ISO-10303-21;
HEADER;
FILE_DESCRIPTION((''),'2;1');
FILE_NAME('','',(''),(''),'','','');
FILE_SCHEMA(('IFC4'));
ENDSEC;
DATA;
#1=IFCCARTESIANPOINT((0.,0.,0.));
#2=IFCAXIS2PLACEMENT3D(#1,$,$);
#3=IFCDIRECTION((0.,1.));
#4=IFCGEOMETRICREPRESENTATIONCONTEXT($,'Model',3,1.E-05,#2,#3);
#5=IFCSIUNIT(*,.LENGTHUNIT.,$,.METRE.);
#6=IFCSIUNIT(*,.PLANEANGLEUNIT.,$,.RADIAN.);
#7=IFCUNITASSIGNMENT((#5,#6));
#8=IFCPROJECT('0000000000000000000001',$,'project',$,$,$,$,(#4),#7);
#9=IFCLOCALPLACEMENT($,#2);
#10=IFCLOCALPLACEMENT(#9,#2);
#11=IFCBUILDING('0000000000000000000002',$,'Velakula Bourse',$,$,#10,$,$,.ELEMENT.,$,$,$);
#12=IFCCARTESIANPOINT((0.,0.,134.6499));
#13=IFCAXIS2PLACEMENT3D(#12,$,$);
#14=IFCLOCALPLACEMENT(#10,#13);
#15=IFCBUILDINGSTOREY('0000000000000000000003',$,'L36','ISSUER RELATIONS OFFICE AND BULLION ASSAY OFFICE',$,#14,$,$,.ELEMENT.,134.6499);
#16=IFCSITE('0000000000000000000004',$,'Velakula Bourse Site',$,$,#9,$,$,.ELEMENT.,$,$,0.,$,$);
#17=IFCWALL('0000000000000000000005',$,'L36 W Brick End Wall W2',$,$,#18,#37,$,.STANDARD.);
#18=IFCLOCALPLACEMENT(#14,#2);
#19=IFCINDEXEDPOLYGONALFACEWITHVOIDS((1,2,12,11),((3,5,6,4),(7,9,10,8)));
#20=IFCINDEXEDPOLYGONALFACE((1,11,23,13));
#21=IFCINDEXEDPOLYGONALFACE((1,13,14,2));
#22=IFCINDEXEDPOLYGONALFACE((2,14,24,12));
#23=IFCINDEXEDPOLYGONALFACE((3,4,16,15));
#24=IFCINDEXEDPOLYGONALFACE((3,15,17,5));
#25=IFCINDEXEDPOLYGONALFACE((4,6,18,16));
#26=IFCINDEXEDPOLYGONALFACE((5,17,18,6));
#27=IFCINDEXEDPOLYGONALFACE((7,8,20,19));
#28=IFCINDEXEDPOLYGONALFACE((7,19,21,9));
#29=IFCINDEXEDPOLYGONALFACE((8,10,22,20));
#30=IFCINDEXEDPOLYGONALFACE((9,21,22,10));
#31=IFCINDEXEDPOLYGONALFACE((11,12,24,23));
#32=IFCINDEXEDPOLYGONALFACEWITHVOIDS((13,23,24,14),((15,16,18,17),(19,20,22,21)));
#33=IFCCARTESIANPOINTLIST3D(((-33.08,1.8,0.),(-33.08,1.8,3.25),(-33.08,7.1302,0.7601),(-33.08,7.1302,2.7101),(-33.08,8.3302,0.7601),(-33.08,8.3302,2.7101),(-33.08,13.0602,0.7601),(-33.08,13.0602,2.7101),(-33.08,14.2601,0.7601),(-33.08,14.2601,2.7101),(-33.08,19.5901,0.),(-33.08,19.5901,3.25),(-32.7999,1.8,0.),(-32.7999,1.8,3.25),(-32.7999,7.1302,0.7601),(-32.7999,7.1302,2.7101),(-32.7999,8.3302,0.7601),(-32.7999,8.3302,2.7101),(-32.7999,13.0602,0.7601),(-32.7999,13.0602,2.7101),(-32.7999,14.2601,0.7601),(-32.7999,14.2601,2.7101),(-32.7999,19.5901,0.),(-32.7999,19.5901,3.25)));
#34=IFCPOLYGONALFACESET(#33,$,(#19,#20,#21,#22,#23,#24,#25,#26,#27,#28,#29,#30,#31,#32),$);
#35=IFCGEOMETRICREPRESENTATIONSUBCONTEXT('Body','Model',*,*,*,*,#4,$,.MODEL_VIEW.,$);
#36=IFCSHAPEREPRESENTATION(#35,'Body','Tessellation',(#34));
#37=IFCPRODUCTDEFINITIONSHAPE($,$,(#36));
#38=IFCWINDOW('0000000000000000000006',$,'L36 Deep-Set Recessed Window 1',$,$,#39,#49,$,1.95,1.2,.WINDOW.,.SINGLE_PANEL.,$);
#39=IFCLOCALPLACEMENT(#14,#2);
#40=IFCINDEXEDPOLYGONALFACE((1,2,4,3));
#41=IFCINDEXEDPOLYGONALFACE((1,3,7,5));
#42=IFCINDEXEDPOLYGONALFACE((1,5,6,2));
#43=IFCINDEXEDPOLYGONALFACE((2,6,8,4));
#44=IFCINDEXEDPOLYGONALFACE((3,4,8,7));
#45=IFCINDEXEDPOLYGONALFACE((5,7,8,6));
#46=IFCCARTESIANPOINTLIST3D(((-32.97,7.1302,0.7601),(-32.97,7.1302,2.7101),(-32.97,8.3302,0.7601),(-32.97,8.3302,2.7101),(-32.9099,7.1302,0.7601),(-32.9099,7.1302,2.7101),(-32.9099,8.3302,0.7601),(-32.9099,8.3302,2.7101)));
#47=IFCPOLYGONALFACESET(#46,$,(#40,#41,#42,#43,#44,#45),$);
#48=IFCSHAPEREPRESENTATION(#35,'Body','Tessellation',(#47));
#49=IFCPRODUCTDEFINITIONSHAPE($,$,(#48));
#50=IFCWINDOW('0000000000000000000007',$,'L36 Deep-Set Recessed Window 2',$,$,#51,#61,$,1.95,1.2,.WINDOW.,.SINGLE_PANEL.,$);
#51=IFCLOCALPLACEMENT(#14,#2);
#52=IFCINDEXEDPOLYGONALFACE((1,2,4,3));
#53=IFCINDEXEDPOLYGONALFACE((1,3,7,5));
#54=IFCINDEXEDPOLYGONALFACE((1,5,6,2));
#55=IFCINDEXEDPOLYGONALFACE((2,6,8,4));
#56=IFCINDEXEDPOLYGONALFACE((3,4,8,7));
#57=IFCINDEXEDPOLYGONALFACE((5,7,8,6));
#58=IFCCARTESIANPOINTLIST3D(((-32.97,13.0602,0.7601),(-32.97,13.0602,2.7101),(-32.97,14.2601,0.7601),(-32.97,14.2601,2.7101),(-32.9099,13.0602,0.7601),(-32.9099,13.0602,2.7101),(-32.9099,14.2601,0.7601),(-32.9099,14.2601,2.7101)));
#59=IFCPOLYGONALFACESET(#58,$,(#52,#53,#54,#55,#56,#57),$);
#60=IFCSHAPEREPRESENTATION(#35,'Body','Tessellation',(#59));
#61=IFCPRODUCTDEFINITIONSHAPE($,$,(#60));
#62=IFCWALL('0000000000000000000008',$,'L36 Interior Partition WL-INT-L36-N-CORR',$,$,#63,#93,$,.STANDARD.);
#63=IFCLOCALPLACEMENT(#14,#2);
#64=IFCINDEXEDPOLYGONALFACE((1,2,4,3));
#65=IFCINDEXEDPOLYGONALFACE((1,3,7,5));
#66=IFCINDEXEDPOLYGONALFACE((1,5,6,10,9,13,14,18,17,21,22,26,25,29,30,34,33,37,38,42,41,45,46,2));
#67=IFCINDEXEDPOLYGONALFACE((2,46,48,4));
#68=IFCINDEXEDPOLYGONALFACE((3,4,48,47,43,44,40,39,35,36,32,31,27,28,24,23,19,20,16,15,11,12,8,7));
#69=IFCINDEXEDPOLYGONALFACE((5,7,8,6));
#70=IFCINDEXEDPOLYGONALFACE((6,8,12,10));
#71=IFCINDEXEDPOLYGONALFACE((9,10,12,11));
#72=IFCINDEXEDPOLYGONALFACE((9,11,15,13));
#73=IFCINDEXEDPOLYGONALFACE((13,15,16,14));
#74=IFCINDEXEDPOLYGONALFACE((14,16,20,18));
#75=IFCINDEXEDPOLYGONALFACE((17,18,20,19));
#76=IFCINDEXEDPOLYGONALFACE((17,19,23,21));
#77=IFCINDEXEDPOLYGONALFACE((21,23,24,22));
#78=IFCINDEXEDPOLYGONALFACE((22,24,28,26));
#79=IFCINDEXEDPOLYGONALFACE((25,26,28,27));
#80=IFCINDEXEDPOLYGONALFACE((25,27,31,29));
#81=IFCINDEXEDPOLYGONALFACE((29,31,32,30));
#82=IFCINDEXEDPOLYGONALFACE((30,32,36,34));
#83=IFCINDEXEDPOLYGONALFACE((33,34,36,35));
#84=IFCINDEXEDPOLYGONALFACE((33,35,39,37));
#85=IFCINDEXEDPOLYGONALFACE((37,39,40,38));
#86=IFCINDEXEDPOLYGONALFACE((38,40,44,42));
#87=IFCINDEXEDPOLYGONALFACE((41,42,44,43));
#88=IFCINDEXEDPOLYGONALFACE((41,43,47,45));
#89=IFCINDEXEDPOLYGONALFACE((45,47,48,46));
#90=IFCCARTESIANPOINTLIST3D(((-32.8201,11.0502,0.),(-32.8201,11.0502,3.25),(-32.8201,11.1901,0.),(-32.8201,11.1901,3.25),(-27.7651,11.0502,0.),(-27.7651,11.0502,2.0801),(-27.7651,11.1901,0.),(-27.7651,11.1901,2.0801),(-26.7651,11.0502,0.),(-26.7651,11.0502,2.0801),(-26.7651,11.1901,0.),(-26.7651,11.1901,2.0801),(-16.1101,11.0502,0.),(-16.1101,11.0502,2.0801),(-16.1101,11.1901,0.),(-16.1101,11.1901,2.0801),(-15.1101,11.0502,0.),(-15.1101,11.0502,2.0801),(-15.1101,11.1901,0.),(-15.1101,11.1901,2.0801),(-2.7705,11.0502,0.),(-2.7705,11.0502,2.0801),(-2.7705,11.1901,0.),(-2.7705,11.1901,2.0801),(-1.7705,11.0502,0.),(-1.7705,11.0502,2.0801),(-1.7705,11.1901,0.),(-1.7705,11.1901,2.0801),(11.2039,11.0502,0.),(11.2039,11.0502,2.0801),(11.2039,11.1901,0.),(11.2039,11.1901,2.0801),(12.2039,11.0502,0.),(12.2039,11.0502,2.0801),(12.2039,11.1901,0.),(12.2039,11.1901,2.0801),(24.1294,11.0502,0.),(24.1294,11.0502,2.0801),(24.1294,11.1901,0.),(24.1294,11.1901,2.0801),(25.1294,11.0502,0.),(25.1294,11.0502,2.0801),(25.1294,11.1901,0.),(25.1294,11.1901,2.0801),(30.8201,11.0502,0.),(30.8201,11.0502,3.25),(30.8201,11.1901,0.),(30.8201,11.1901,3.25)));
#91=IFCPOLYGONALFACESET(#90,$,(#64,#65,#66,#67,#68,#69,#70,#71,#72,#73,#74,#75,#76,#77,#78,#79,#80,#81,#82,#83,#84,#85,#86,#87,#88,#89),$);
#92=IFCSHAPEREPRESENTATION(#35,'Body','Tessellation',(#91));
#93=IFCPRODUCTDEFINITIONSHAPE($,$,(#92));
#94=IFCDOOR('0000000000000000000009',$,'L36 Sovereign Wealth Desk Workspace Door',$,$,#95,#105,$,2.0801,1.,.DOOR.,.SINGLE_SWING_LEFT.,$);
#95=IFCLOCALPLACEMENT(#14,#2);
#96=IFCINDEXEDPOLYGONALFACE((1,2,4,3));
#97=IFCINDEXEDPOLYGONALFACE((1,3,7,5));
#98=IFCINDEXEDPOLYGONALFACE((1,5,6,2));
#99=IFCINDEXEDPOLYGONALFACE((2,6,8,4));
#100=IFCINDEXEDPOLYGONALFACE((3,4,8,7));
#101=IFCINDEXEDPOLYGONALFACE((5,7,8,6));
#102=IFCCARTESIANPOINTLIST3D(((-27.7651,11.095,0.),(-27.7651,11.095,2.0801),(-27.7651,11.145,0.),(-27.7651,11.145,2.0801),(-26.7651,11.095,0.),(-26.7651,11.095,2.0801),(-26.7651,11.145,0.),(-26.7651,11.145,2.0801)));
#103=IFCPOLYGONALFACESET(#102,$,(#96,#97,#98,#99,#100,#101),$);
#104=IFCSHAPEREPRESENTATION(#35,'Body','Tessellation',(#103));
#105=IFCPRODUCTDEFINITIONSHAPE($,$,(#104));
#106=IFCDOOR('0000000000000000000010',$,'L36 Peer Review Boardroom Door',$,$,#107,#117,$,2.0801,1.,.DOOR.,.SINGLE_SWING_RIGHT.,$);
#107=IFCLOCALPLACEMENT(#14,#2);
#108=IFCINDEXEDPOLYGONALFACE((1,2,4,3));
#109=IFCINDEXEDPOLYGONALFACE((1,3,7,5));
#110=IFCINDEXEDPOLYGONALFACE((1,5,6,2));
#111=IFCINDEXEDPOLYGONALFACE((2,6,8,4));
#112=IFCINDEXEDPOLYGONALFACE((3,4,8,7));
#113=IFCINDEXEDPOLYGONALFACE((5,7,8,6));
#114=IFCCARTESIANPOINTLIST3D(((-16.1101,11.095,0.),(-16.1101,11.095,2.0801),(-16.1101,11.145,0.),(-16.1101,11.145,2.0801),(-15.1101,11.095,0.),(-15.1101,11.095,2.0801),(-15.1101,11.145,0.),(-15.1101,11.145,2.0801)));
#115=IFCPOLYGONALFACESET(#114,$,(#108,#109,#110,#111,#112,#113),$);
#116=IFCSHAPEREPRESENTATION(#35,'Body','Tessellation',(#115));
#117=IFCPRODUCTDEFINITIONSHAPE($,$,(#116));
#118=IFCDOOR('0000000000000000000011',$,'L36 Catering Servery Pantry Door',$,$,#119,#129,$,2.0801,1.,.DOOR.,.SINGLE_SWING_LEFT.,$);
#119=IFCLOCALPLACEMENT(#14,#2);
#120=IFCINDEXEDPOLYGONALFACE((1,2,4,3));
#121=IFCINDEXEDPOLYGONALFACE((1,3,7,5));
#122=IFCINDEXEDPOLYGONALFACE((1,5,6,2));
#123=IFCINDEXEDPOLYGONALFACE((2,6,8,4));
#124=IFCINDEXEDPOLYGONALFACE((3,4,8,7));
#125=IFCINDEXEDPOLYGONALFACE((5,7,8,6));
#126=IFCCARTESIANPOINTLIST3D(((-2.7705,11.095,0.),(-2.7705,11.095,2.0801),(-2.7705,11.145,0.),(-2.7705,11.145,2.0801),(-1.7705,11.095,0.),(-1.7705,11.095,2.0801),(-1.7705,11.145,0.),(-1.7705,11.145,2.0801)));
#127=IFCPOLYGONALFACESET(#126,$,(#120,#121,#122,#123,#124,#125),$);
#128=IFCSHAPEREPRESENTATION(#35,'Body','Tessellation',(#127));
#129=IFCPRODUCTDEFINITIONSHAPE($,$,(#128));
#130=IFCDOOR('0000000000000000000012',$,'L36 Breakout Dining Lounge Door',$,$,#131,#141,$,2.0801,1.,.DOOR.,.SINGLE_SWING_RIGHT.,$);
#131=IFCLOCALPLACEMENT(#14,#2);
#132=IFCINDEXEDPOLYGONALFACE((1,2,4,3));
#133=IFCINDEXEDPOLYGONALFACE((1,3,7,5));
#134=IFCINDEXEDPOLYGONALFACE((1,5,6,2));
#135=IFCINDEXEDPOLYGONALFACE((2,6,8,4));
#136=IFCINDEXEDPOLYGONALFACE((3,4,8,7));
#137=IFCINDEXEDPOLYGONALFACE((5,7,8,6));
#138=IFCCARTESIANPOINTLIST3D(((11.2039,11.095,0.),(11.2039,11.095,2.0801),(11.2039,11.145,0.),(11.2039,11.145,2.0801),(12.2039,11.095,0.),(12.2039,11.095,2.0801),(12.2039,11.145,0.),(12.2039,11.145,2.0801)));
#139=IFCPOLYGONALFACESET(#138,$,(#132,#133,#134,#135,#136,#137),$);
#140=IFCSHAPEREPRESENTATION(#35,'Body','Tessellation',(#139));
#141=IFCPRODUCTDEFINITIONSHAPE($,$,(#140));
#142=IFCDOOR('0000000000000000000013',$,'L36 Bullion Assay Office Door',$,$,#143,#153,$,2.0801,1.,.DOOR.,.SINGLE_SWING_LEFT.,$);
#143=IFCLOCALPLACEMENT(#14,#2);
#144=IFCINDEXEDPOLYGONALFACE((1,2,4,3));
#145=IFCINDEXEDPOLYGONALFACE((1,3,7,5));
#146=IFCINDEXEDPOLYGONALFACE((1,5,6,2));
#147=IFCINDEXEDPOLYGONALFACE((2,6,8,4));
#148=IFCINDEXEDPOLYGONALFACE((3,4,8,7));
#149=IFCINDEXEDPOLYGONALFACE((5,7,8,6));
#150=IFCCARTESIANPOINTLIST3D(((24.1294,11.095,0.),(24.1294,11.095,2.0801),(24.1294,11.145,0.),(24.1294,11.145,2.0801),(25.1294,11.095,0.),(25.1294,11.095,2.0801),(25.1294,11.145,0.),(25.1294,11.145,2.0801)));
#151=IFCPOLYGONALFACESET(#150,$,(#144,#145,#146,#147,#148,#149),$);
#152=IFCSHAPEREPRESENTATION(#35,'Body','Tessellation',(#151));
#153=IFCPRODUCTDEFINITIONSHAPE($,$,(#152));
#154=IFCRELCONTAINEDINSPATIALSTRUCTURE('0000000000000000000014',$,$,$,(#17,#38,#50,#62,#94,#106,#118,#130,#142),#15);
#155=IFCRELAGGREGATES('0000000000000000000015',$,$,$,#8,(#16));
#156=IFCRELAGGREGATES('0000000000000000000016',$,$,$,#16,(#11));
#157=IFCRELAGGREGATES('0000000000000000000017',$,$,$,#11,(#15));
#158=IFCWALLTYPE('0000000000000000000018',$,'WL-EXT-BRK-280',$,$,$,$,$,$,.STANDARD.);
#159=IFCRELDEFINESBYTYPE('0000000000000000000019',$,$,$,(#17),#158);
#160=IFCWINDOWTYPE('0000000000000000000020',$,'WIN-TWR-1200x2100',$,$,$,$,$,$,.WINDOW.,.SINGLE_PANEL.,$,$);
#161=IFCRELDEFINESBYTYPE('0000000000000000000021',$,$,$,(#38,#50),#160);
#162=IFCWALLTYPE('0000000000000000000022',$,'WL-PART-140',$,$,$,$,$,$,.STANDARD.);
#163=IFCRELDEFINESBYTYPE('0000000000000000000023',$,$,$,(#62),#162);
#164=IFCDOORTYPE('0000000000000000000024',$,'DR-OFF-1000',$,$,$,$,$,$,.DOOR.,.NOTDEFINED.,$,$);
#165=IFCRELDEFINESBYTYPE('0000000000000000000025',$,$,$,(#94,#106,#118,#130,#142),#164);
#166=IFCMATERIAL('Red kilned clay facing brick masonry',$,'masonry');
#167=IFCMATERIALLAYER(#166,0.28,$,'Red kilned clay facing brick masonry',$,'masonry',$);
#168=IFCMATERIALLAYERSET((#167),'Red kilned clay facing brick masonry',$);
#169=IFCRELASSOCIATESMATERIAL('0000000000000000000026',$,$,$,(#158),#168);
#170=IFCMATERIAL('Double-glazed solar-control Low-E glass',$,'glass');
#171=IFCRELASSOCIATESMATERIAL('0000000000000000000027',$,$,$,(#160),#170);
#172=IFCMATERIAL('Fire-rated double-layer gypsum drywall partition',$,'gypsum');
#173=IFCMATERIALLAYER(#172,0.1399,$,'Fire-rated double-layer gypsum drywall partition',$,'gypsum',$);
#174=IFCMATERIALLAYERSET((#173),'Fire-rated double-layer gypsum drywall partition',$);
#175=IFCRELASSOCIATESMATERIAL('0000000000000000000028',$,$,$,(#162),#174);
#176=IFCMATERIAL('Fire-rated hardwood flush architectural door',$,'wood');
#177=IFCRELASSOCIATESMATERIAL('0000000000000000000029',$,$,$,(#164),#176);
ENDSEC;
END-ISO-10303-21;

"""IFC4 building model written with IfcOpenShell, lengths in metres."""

from ifc_helpers import new_model, si_unit, direction, frame, frame_2d, origin, place, context, subcontext, project, spatial, rectangle, extrude, material, layer, layer_set, type_object, element, fill, save


model = new_model("IFC4")

# Units and contexts
model_context = context("Model", 3, precision=1e-05, world=origin(), true_north=direction((0.0, 1.0)))
body_context = subcontext(model_context, "Body", "Model", "MODEL_VIEW")
ifc_project = project(units=[si_unit("LENGTHUNIT", "METRE"), si_unit("PLANEANGLEUNIT", "RADIAN")], contexts=[model_context])

# Site, building, storey
site_placement = place(None, origin())
site = spatial("IfcSite", under=ifc_project, at=site_placement, Name="Velakula Bourse Site", CompositionType="ELEMENT", RefElevation=0.0)
building_placement = place(site_placement, origin())
building = spatial("IfcBuilding", under=site, at=building_placement, Name="Velakula Bourse", CompositionType="ELEMENT")
storey_placement = place(building_placement, frame((0.0, 0.0, 134.6499)))
storey = spatial("IfcBuildingStorey", under=building, at=storey_placement, Name="L36", Description="ISSUER RELATIONS OFFICE AND BULLION ASSAY OFFICE", CompositionType="ELEMENT", Elevation=134.6499)

# Wall, openings, windows
ifc_material_1 = material(Name="Red kilned clay facing brick masonry", Category="masonry")
ifc_layer_1 = layer(ifc_material_1, 0.28, Name="Red kilned clay facing brick masonry", Category="masonry")
ifc_layer_set_1 = layer_set([ifc_layer_1], Name="Red kilned clay facing brick masonry")
wall_type_1 = type_object("IfcWallType", Name="WL-EXT-BRK-280", PredefinedType="STANDARD", material=ifc_layer_set_1)
wall_1_placement = place(storey_placement, frame((-32.9399, 1.8, 0.0), z_axis=(0.0, 0.0, 1.0), x_axis=(0.0, 1.0, 0.0)))
wall_1 = element("IfcWall", 1, at=wall_1_placement, inside=storey, type_object=wall_type_1, Name="L36 W Brick End Wall W2", PredefinedType="STANDARD", context=body_context, shape_type="SweptSolid", body=[
    extrude(rectangle(XDim=17.79, YDim=0.28, at=frame_2d((8.895, 0.0))), origin(), (0.0, 0.0, 1.0), 3.25),
])
opening_1_placement = place(wall_1_placement, frame((5.3301, 0.0, 0.76)))
opening_1 = element("IfcOpeningElement", 2, at=opening_1_placement, cuts=wall_1, PredefinedType="OPENING", context=body_context, shape_type="SweptSolid", body=[
    extrude(rectangle(XDim=1.2, YDim=1.95, at=frame_2d((0.6001, 0.9751))), frame((0.0, 0.1499, 0.0), z_axis=(0.0, -1.0, 0.0), x_axis=(1.0, 0.0, 0.0)), (0.0, 0.0, 1.0), 0.3),
])
opening_2_placement = place(wall_1_placement, frame((11.26, 0.0, 0.76)))
opening_2 = element("IfcOpeningElement", 3, at=opening_2_placement, cuts=wall_1, PredefinedType="OPENING", context=body_context, shape_type="SweptSolid", body=[
    extrude(rectangle(XDim=1.2, YDim=1.95, at=frame_2d((0.6001, 0.9751))), frame((0.0, 0.1499, 0.0), z_axis=(0.0, -1.0, 0.0), x_axis=(1.0, 0.0, 0.0)), (0.0, 0.0, 1.0), 0.3),
])
ifc_material_2 = material(Name="Double-glazed solar-control Low-E glass", Category="glass")
window_type = type_object("IfcWindowType", Name="WIN-TWR-1200x2100", PartitioningType="SINGLE_PANEL", PredefinedType="WINDOW", material=ifc_material_2)
window_1_placement = place(opening_1_placement, origin())
window_1 = element("IfcWindow", 4, at=window_1_placement, inside=storey, type_object=window_type, Name="L36 Deep-Set Recessed Window 1", OverallHeight=1.95, OverallWidth=1.2, PartitioningType="SINGLE_PANEL", PredefinedType="WINDOW", context=body_context, shape_type="SweptSolid", body=[
    extrude(rectangle(XDim=1.2, YDim=1.95, at=frame_2d((0.6001, 0.9751))), frame((0.0, 0.03, 0.0), z_axis=(0.0, -1.0, 0.0), x_axis=(1.0, 0.0, 0.0)), (0.0, 0.0, 1.0), 0.0601),
])
fill(opening_1, window_1)
window_2_placement = place(opening_2_placement, origin())
window_2 = element("IfcWindow", 5, at=window_2_placement, inside=storey, type_object=window_type, Name="L36 Deep-Set Recessed Window 2", OverallHeight=1.95, OverallWidth=1.2, PartitioningType="SINGLE_PANEL", PredefinedType="WINDOW", context=body_context, shape_type="SweptSolid", body=[
    extrude(rectangle(XDim=1.2, YDim=1.95, at=frame_2d((0.6001, 0.9751))), frame((0.0, 0.03, 0.0), z_axis=(0.0, -1.0, 0.0), x_axis=(1.0, 0.0, 0.0)), (0.0, 0.0, 1.0), 0.0601),
])
fill(opening_2, window_2)

# Wall, openings, doors
ifc_material_3 = material(Name="Fire-rated double-layer gypsum drywall partition", Category="gypsum")
ifc_layer_2 = layer(ifc_material_3, 0.1399, Name="Fire-rated double-layer gypsum drywall partition", Category="gypsum")
ifc_layer_set_2 = layer_set([ifc_layer_2], Name="Fire-rated double-layer gypsum drywall partition")
wall_type_2 = type_object("IfcWallType", Name="WL-PART-140", PredefinedType="STANDARD", material=ifc_layer_set_2)
wall_2_placement = place(storey_placement, frame((-32.8201, 11.1201, 0.0), z_axis=(0.0, 0.0, 1.0), x_axis=(1.0, 0.0, 0.0)))
wall_2 = element("IfcWall", 6, at=wall_2_placement, inside=storey, type_object=wall_type_2, Name="L36 Interior Partition WL-INT-L36-N-CORR", PredefinedType="STANDARD", context=body_context, shape_type="SweptSolid", body=[
    extrude(rectangle(XDim=63.6401, YDim=0.1399, at=frame_2d((31.8201, 0.0))), origin(), (0.0, 0.0, 1.0), 3.25),
])
opening_3_placement = place(wall_2_placement, frame((5.0549, 0.0, 0.0)))
opening_3 = element("IfcOpeningElement", 7, at=opening_3_placement, cuts=wall_2, PredefinedType="OPENING", context=body_context, shape_type="SweptSolid", body=[
    extrude(rectangle(XDim=1.0, YDim=2.0801, at=frame_2d((0.5, 1.04))), frame((0.0, 0.0798, 0.0), z_axis=(0.0, -1.0, 0.0), x_axis=(1.0, 0.0, 0.0)), (0.0, 0.0, 1.0), 0.1599),
])
opening_4_placement = place(wall_2_placement, frame((16.71, 0.0, 0.0)))
opening_4 = element("IfcOpeningElement", 8, at=opening_4_placement, cuts=wall_2, PredefinedType="OPENING", context=body_context, shape_type="SweptSolid", body=[
    extrude(rectangle(XDim=1.0, YDim=2.0801, at=frame_2d((0.5, 1.04))), frame((0.0, 0.0798, 0.0), z_axis=(0.0, -1.0, 0.0), x_axis=(1.0, 0.0, 0.0)), (0.0, 0.0, 1.0), 0.1599),
])
opening_5_placement = place(wall_2_placement, frame((30.0496, 0.0, 0.0)))
opening_5 = element("IfcOpeningElement", 9, at=opening_5_placement, cuts=wall_2, PredefinedType="OPENING", context=body_context, shape_type="SweptSolid", body=[
    extrude(rectangle(XDim=1.0, YDim=2.0801, at=frame_2d((0.5, 1.04))), frame((0.0, 0.0798, 0.0), z_axis=(0.0, -1.0, 0.0), x_axis=(1.0, 0.0, 0.0)), (0.0, 0.0, 1.0), 0.1599),
])
opening_6_placement = place(wall_2_placement, frame((44.0239, 0.0, 0.0)))
opening_6 = element("IfcOpeningElement", 10, at=opening_6_placement, cuts=wall_2, PredefinedType="OPENING", context=body_context, shape_type="SweptSolid", body=[
    extrude(rectangle(XDim=1.0, YDim=2.0801, at=frame_2d((0.5, 1.04))), frame((0.0, 0.0798, 0.0), z_axis=(0.0, -1.0, 0.0), x_axis=(1.0, 0.0, 0.0)), (0.0, 0.0, 1.0), 0.1599),
])
opening_7_placement = place(wall_2_placement, frame((56.9495, 0.0, 0.0)))
opening_7 = element("IfcOpeningElement", 11, at=opening_7_placement, cuts=wall_2, PredefinedType="OPENING", context=body_context, shape_type="SweptSolid", body=[
    extrude(rectangle(XDim=1.0, YDim=2.0801, at=frame_2d((0.5, 1.04))), frame((0.0, 0.0798, 0.0), z_axis=(0.0, -1.0, 0.0), x_axis=(1.0, 0.0, 0.0)), (0.0, 0.0, 1.0), 0.1599),
])
ifc_material_4 = material(Name="Fire-rated hardwood flush architectural door", Category="wood")
door_type = type_object("IfcDoorType", Name="DR-OFF-1000", OperationType="NOTDEFINED", PredefinedType="DOOR", material=ifc_material_4)
door_1_placement = place(opening_3_placement, origin())
door_1 = element("IfcDoor", 12, at=door_1_placement, inside=storey, type_object=door_type, Name="L36 Sovereign Wealth Desk Workspace Door", OperationType="SINGLE_SWING_LEFT", OverallHeight=2.0801, OverallWidth=1.0, PredefinedType="DOOR", context=body_context, shape_type="SweptSolid", body=[
    extrude(rectangle(XDim=1.0, YDim=2.0801, at=frame_2d((0.5, 1.04))), frame((0.0, 0.0249, 0.0), z_axis=(0.0, -1.0, 0.0), x_axis=(1.0, 0.0, 0.0)), (0.0, 0.0, 1.0), 0.05),
])
fill(opening_3, door_1)
door_2_placement = place(opening_4_placement, origin())
door_2 = element("IfcDoor", 13, at=door_2_placement, inside=storey, type_object=door_type, Name="L36 Peer Review Boardroom Door", OperationType="SINGLE_SWING_RIGHT", OverallHeight=2.0801, OverallWidth=1.0, PredefinedType="DOOR", context=body_context, shape_type="SweptSolid", body=[
    extrude(rectangle(XDim=1.0, YDim=2.0801, at=frame_2d((0.5, 1.04))), frame((0.0, 0.0249, 0.0), z_axis=(0.0, -1.0, 0.0), x_axis=(1.0, 0.0, 0.0)), (0.0, 0.0, 1.0), 0.05),
])
fill(opening_4, door_2)
door_3_placement = place(opening_5_placement, origin())
door_3 = element("IfcDoor", 14, at=door_3_placement, inside=storey, type_object=door_type, Name="L36 Catering Servery Pantry Door", OperationType="SINGLE_SWING_LEFT", OverallHeight=2.0801, OverallWidth=1.0, PredefinedType="DOOR", context=body_context, shape_type="SweptSolid", body=[
    extrude(rectangle(XDim=1.0, YDim=2.0801, at=frame_2d((0.5, 1.04))), frame((0.0, 0.0249, 0.0), z_axis=(0.0, -1.0, 0.0), x_axis=(1.0, 0.0, 0.0)), (0.0, 0.0, 1.0), 0.05),
])
fill(opening_5, door_3)
door_4_placement = place(opening_6_placement, origin())
door_4 = element("IfcDoor", 15, at=door_4_placement, inside=storey, type_object=door_type, Name="L36 Breakout Dining Lounge Door", OperationType="SINGLE_SWING_RIGHT", OverallHeight=2.0801, OverallWidth=1.0, PredefinedType="DOOR", context=body_context, shape_type="SweptSolid", body=[
    extrude(rectangle(XDim=1.0, YDim=2.0801, at=frame_2d((0.5, 1.04))), frame((0.0, 0.0249, 0.0), z_axis=(0.0, -1.0, 0.0), x_axis=(1.0, 0.0, 0.0)), (0.0, 0.0, 1.0), 0.05),
])
fill(opening_6, door_4)
door_5_placement = place(opening_7_placement, origin())
door_5 = element("IfcDoor", 16, at=door_5_placement, inside=storey, type_object=door_type, Name="L36 Bullion Assay Office Door", OperationType="SINGLE_SWING_LEFT", OverallHeight=2.0801, OverallWidth=1.0, PredefinedType="DOOR", context=body_context, shape_type="SweptSolid", body=[
    extrude(rectangle(XDim=1.0, YDim=2.0801, at=frame_2d((0.5, 1.04))), frame((0.0, 0.0249, 0.0), z_axis=(0.0, -1.0, 0.0), x_axis=(1.0, 0.0, 0.0)), (0.0, 0.0, 1.0), 0.05),
])
fill(opening_7, door_5)

save(model, "model.ifc")
